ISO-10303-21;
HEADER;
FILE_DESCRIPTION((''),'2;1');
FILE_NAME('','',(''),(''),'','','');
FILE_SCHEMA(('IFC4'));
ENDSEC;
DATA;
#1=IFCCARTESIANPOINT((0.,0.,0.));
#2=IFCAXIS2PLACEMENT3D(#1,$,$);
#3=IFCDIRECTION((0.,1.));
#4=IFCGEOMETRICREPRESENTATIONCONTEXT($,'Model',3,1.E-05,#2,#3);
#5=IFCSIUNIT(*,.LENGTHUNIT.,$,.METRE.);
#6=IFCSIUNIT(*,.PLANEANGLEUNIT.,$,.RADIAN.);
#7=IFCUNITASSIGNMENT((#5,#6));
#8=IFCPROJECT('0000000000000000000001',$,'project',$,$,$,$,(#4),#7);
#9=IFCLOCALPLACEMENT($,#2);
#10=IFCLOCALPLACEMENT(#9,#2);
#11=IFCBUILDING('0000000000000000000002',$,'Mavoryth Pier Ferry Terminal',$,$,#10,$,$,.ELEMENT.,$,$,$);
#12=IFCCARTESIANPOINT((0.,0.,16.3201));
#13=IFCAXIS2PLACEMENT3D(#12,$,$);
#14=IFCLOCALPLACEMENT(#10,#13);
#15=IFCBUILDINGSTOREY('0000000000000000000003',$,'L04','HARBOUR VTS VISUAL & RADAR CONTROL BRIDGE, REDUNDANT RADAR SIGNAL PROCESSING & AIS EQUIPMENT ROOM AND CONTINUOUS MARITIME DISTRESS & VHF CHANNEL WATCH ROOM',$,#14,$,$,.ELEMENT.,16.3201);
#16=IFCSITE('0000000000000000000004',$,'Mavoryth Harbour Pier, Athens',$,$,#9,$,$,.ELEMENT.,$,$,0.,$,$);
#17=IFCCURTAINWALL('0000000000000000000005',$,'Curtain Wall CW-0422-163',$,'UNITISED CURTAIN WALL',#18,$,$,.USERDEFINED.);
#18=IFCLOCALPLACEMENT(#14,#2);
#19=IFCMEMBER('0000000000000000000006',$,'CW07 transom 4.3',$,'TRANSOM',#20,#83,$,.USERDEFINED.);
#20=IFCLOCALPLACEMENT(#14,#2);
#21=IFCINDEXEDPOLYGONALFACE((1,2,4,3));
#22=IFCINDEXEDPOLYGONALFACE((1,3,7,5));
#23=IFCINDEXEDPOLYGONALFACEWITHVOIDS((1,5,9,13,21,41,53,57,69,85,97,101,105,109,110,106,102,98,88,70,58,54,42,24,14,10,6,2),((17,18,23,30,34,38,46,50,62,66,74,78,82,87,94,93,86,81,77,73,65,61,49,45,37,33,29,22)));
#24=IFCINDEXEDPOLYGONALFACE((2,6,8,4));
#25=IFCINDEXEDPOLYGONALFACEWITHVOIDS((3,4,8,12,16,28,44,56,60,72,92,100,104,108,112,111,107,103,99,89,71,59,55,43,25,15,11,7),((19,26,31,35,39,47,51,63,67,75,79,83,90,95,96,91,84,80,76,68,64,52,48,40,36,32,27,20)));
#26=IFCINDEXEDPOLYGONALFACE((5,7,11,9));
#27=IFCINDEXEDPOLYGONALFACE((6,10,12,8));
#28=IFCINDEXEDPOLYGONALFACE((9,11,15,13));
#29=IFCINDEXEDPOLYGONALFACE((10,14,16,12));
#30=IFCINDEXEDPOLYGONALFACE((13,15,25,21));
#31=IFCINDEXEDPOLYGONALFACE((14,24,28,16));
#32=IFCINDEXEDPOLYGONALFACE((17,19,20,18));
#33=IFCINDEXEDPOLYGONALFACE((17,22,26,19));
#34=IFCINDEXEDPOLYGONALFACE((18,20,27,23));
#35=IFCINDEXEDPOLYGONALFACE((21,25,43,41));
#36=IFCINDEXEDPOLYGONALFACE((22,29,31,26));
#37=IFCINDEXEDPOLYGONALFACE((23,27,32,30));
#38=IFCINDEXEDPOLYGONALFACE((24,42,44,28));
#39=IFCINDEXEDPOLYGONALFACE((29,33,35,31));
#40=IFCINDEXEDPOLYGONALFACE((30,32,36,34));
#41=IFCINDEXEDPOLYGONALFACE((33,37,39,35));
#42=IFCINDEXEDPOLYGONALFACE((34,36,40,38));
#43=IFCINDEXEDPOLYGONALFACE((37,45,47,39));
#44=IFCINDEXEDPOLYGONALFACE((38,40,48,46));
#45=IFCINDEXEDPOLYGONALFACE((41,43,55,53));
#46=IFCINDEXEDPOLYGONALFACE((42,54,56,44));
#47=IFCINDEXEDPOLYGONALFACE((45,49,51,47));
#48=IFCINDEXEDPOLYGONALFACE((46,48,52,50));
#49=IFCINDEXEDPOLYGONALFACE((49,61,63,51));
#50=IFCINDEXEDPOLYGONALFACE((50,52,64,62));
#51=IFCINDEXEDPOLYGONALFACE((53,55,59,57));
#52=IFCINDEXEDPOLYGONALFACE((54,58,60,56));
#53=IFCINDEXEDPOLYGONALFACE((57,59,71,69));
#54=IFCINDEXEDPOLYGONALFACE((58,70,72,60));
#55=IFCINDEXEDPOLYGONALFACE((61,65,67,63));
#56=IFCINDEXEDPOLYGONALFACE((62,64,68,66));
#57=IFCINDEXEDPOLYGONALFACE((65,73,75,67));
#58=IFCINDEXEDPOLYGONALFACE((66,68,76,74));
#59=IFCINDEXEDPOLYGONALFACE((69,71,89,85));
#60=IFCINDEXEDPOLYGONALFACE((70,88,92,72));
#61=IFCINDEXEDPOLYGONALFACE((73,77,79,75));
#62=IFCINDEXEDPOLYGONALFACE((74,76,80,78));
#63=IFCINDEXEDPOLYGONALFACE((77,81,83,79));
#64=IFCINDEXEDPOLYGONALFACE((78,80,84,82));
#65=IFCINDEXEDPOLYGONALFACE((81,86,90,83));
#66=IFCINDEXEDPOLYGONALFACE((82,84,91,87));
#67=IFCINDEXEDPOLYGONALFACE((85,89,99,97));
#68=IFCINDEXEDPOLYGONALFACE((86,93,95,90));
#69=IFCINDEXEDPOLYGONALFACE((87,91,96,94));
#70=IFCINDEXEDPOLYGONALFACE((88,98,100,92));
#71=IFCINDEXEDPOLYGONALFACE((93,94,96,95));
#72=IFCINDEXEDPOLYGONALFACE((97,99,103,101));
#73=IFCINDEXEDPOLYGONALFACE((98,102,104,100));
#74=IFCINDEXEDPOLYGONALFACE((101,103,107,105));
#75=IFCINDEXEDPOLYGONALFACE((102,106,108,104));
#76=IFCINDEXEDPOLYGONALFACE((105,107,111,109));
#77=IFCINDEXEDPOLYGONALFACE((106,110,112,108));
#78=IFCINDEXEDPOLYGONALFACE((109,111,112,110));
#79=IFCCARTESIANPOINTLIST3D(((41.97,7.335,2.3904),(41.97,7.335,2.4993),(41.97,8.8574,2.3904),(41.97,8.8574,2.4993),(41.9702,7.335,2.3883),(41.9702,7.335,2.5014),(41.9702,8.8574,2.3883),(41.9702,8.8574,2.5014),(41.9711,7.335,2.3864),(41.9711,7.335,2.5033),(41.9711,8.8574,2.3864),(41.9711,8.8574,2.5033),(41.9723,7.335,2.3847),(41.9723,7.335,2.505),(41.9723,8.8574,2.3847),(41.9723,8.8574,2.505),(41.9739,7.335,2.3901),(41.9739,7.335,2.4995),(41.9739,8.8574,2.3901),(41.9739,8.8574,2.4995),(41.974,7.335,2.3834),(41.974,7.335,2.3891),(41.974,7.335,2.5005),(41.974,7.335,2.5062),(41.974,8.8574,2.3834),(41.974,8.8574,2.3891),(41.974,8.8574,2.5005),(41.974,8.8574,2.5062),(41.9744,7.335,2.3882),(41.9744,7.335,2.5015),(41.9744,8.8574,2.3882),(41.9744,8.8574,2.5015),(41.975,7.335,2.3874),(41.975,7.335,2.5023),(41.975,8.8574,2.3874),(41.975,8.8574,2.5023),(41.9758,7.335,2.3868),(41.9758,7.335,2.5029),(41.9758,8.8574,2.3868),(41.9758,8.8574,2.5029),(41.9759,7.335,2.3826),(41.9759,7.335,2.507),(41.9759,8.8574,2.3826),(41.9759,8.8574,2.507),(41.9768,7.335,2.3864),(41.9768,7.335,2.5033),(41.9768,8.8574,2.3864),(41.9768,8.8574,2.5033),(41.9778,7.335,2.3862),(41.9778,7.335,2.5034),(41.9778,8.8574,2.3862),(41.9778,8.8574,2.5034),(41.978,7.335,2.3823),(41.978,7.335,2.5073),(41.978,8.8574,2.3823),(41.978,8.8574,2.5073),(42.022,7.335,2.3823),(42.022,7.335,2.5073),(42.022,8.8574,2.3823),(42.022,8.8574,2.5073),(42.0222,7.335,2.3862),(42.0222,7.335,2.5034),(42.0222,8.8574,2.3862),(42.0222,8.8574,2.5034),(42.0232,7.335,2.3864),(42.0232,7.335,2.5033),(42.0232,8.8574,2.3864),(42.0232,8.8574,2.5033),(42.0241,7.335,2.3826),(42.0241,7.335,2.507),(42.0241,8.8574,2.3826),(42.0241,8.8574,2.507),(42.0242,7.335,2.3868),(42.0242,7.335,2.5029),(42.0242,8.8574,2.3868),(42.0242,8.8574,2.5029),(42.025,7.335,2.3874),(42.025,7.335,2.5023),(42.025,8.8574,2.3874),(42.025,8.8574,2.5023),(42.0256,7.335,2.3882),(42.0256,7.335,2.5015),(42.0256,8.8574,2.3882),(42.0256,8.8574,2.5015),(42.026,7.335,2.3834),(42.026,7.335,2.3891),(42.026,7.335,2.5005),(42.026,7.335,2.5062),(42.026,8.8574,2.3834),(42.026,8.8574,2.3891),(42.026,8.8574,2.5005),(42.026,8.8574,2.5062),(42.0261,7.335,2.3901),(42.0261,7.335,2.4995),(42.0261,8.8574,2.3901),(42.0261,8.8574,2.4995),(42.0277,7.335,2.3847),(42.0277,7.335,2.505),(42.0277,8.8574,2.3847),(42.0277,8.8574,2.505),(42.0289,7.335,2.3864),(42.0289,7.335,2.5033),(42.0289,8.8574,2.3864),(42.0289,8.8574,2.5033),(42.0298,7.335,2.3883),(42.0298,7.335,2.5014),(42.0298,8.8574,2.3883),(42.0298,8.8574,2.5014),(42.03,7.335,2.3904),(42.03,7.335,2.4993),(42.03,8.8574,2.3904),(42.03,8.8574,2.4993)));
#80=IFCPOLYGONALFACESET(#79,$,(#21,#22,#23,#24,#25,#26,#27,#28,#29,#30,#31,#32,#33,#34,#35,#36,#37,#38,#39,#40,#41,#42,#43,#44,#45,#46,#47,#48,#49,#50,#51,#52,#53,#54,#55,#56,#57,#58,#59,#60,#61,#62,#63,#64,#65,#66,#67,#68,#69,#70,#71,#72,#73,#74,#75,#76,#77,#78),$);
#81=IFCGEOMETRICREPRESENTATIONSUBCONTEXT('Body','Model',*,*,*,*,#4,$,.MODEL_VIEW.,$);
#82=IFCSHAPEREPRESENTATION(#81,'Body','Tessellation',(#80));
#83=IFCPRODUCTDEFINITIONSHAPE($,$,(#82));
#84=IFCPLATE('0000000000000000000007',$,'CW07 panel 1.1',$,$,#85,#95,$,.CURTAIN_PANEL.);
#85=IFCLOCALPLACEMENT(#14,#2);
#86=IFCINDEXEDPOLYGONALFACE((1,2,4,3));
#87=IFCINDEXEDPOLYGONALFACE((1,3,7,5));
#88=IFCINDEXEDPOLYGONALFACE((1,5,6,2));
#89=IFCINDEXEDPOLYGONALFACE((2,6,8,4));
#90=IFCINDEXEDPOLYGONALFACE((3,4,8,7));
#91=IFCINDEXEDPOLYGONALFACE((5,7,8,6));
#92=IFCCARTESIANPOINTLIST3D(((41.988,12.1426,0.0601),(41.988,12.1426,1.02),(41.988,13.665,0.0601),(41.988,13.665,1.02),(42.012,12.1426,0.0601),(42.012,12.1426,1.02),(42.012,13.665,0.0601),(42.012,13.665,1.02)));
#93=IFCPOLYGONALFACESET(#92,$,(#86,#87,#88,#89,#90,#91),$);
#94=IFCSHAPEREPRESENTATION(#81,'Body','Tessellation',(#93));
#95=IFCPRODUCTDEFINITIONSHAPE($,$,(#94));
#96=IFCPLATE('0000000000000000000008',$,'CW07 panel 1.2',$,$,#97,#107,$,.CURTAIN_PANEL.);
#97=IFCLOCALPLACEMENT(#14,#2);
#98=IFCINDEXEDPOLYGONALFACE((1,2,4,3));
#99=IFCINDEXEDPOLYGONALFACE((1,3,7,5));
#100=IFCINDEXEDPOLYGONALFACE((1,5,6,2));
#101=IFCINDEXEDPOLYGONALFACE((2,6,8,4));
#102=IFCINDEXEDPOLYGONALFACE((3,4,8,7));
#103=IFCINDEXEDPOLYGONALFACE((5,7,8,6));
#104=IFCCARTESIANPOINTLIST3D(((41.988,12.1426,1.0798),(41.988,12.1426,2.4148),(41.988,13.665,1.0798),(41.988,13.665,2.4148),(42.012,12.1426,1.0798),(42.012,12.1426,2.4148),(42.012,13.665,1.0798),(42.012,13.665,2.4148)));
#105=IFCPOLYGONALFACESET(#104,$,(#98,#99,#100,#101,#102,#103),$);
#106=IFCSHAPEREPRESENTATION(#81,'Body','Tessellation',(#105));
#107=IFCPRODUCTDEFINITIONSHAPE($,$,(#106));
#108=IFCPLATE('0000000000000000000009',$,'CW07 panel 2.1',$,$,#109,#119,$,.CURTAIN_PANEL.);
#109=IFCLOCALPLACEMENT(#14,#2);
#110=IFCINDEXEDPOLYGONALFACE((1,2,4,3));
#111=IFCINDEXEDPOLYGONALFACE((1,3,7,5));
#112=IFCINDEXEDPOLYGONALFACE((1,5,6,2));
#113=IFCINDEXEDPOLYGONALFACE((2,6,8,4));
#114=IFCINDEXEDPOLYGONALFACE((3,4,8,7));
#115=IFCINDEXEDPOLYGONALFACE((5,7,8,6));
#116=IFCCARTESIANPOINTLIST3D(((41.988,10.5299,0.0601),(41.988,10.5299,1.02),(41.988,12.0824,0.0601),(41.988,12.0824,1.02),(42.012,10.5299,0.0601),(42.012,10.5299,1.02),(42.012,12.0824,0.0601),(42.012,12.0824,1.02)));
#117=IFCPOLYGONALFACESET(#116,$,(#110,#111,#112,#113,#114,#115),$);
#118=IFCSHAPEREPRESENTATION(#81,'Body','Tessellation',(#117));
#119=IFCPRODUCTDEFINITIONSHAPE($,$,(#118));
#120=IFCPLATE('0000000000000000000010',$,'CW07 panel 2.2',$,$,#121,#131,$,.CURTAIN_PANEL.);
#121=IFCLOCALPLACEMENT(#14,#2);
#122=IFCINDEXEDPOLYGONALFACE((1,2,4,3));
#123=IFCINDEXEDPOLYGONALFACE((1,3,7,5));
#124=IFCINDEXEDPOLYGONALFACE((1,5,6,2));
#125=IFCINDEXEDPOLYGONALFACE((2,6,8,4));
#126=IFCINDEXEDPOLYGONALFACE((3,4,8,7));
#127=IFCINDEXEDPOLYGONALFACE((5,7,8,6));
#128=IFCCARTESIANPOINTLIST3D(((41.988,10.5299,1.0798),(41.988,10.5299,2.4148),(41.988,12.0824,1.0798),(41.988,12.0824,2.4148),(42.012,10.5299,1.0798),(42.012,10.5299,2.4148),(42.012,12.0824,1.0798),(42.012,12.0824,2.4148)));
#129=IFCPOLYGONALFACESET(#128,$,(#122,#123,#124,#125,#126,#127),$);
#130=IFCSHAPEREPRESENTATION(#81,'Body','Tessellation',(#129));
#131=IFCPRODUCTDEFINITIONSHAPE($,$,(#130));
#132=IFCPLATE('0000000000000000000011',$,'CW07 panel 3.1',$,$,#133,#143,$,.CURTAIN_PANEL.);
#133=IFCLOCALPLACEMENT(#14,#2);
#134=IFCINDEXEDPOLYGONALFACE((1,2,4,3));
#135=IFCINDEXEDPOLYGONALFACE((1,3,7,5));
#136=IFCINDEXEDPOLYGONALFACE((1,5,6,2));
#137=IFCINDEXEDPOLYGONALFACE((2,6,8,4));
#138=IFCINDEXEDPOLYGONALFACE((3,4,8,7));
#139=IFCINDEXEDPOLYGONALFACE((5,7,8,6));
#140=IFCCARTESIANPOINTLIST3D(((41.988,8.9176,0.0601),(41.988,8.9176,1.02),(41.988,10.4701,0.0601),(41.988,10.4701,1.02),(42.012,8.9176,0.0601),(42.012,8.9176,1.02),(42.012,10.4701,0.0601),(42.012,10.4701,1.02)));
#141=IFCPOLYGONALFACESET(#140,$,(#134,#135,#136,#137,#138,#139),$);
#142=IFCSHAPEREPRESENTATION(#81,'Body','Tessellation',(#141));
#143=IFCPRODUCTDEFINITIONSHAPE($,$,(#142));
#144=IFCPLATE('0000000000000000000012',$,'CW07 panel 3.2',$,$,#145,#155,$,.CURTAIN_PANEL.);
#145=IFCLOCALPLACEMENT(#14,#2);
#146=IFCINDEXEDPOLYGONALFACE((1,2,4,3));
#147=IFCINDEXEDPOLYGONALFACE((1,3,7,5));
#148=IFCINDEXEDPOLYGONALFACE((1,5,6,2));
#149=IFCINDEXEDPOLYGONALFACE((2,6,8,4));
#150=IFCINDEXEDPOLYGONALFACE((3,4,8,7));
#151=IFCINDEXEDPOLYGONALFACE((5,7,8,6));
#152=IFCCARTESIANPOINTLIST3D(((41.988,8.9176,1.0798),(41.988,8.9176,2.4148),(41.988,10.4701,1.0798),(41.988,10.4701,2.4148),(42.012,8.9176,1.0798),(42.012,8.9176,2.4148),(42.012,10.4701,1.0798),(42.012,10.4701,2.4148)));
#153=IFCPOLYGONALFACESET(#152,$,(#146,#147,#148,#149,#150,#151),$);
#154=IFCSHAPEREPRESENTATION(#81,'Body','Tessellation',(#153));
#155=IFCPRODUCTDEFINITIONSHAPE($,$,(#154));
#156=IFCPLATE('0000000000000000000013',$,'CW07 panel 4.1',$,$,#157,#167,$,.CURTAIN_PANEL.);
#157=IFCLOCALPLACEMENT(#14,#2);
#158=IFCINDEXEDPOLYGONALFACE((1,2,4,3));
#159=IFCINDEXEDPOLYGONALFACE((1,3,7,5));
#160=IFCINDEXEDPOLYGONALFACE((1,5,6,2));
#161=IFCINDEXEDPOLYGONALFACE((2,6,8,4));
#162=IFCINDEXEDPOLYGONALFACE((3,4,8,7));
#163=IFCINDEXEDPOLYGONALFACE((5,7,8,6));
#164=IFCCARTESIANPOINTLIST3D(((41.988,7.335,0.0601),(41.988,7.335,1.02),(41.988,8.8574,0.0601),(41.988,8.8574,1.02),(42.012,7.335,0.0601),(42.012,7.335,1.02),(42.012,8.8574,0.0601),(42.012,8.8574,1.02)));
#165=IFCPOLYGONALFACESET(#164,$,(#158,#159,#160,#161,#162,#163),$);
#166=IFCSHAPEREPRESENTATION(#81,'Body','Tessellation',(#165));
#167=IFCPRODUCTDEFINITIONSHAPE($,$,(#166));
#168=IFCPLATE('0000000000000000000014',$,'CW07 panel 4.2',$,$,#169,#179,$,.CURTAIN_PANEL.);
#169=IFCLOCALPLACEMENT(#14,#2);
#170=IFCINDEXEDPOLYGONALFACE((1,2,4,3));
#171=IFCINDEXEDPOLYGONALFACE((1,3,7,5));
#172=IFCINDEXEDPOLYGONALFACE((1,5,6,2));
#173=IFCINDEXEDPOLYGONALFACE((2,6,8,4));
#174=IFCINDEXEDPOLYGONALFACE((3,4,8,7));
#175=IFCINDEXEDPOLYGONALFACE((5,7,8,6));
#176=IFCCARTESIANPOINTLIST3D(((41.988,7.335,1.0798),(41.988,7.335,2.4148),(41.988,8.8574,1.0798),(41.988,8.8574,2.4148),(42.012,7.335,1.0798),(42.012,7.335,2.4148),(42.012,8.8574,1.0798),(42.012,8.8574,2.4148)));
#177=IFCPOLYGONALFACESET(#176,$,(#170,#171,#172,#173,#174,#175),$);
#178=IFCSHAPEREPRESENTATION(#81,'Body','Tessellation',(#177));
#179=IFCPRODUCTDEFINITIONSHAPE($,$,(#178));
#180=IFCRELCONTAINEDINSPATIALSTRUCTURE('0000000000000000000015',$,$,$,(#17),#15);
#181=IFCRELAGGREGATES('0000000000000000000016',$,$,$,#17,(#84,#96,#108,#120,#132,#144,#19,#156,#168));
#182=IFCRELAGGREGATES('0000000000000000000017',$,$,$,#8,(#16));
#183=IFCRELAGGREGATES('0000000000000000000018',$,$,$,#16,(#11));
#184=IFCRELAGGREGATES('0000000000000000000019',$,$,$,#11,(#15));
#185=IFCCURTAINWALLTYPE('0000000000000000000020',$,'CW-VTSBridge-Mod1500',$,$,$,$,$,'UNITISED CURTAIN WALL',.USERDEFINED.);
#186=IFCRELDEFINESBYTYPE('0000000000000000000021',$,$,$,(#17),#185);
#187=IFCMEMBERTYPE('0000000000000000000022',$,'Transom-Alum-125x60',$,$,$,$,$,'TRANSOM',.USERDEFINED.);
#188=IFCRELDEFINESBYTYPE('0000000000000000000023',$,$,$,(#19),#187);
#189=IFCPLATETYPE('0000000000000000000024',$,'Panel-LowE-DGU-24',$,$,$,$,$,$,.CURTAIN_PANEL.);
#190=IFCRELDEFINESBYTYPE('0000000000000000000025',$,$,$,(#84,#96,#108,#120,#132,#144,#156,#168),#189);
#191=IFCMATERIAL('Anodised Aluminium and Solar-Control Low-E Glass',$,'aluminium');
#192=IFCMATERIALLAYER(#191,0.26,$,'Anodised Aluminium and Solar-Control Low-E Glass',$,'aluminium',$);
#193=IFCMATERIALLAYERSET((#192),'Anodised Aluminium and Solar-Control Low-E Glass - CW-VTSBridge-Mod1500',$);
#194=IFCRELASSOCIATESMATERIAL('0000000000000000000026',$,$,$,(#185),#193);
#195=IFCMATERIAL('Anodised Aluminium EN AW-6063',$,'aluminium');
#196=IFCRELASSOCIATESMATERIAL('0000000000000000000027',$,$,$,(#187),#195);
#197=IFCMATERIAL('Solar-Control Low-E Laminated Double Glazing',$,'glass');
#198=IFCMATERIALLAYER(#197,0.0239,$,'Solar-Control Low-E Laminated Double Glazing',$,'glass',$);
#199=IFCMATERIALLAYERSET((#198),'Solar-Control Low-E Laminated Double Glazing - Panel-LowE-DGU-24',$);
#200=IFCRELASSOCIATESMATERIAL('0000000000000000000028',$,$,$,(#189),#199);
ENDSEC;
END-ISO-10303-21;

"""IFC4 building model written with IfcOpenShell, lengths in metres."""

from ifc_helpers import new_model, si_unit, direction, frame, origin, origin_2d, place, context, subcontext, project, spatial, rectangle, hollow_rectangle, extrude, material, layer, layer_set, material_profile, profile_set, type_object, element, aggregate, save


model = new_model("IFC4")

# Units and contexts
model_context = context("Model", 3, precision=1e-05, world=origin(), true_north=direction((0.0, 1.0)))
body_context = subcontext(model_context, "Body", "Model", "MODEL_VIEW")
ifc_project = project(units=[si_unit("LENGTHUNIT", "METRE"), si_unit("PLANEANGLEUNIT", "RADIAN")], contexts=[model_context])

# Site, building, storey
site_placement = place(None, origin())
site = spatial("IfcSite", under=ifc_project, at=site_placement, Name="Mavoryth Harbour Pier, Athens", CompositionType="ELEMENT", RefElevation=0.0)
building_placement = place(site_placement, origin())
building = spatial("IfcBuilding", under=site, at=building_placement, Name="Mavoryth Pier Ferry Terminal", CompositionType="ELEMENT")
storey_placement = place(building_placement, frame((0.0, 0.0, 16.3201)))
storey = spatial("IfcBuildingStorey", under=building, at=storey_placement, Name="L04", Description="HARBOUR VTS VISUAL & RADAR CONTROL BRIDGE, REDUNDANT RADAR SIGNAL PROCESSING & AIS EQUIPMENT ROOM AND CONTINUOUS MARITIME DISTRESS & VHF CHANNEL WATCH ROOM", CompositionType="ELEMENT", Elevation=16.3201)

# Shared definitions
ifc_material_1 = material(Name="Anodised Aluminium and Solar-Control Low-E Glass", Category="aluminium")
ifc_layer_1 = layer(ifc_material_1, 0.26, Name="Anodised Aluminium and Solar-Control Low-E Glass", Category="aluminium")
ifc_layer_set_1 = layer_set([ifc_layer_1], Name="Anodised Aluminium and Solar-Control Low-E Glass - CW-VTSBridge-Mod1500")
curtain_wall_type = type_object("IfcCurtainWallType", Name="CW-VTSBridge-Mod1500", ElementType="UNITISED CURTAIN WALL", PredefinedType="USERDEFINED", material=ifc_layer_set_1)
ifc_material_2 = material(Name="Anodised Aluminium EN AW-6063", Category="aluminium")

# Curtain wall, member, plates
curtain_wall_1_placement = place(storey_placement, origin())
curtain_wall_1 = element("IfcCurtainWall", 1, at=curtain_wall_1_placement, inside=storey, type_object=curtain_wall_type, Name="Curtain Wall CW-0422-163", ObjectType="UNITISED CURTAIN WALL", PredefinedType="USERDEFINED")
ifc_material_profile_1 = material_profile(ifc_material_2, hollow_rectangle(XDim=0.0601, YDim=0.125, WallThickness=0.0039, InnerFilletRadius=0.0039, OuterFilletRadius=0.0081, at=origin_2d()), Name="AL-TRAN 125x60x4", Category="aluminium")
ifc_profile_set_1 = profile_set([ifc_material_profile_1], Name="Anodised Aluminium EN AW-6063 - AL-TRAN 125x60x4")
member_type_1 = type_object("IfcMemberType", Name="Transom-Alum-125x60", ElementType="TRANSOM", PredefinedType="USERDEFINED", material=ifc_profile_set_1)
member_1_placement = place(storey_placement, frame((42.0, 8.8574, 2.4448), z_axis=(0.0, -1.0, 0.0), x_axis=(1.0, 0.0, 0.0)))
member_1 = element("IfcMember", 2, at=member_1_placement, type_object=member_type_1, Name="CW07 transom 4.3", ObjectType="TRANSOM", PredefinedType="USERDEFINED", context=body_context, shape_type="SweptSolid", body=[
    extrude(hollow_rectangle(XDim=0.0601, YDim=0.125, WallThickness=0.0039, InnerFilletRadius=0.0039, OuterFilletRadius=0.0081, at=origin_2d()), origin(), (0.0, 0.0, 1.0), 1.5225),
])
ifc_material_3 = material(Name="Solar-Control Low-E Laminated Double Glazing", Category="glass")
ifc_layer_2 = layer(ifc_material_3, 0.0239, Name="Solar-Control Low-E Laminated Double Glazing", Category="glass")
ifc_layer_set_2 = layer_set([ifc_layer_2], Name="Solar-Control Low-E Laminated Double Glazing - Panel-LowE-DGU-24")
plate_type = type_object("IfcPlateType", Name="Panel-LowE-DGU-24", PredefinedType="CURTAIN_PANEL", material=ifc_layer_set_2)
plate_1_placement = place(storey_placement, frame((42.0, 12.9038, 0.0601), z_axis=(0.0, 0.0, 1.0), x_axis=(0.0, -1.0, 0.0)))
plate_1 = element("IfcPlate", 3, at=plate_1_placement, type_object=plate_type, Name="CW07 panel 1.1", PredefinedType="CURTAIN_PANEL", context=body_context, shape_type="SweptSolid", body=[
    extrude(rectangle(XDim=1.5225, YDim=0.0239, at=origin_2d()), origin(), (0.0, 0.0, 1.0), 0.96),
])
plate_2_placement = place(storey_placement, frame((42.0, 12.9038, 1.0798), z_axis=(0.0, 0.0, 1.0), x_axis=(0.0, -1.0, 0.0)))
plate_2 = element("IfcPlate", 4, at=plate_2_placement, type_object=plate_type, Name="CW07 panel 1.2", PredefinedType="CURTAIN_PANEL", context=body_context, shape_type="SweptSolid", body=[
    extrude(rectangle(XDim=1.5225, YDim=0.0239, at=origin_2d()), origin(), (0.0, 0.0, 1.0), 1.335),
])
plate_3_placement = place(storey_placement, frame((42.0, 11.3062, 0.0601), z_axis=(0.0, 0.0, 1.0), x_axis=(0.0, -1.0, 0.0)))
plate_3 = element("IfcPlate", 5, at=plate_3_placement, type_object=plate_type, Name="CW07 panel 2.1", PredefinedType="CURTAIN_PANEL", context=body_context, shape_type="SweptSolid", body=[
    extrude(rectangle(XDim=1.5525, YDim=0.0239, at=origin_2d()), origin(), (0.0, 0.0, 1.0), 0.96),
])
plate_4_placement = place(storey_placement, frame((42.0, 11.3062, 1.0798), z_axis=(0.0, 0.0, 1.0), x_axis=(0.0, -1.0, 0.0)))
plate_4 = element("IfcPlate", 6, at=plate_4_placement, type_object=plate_type, Name="CW07 panel 2.2", PredefinedType="CURTAIN_PANEL", context=body_context, shape_type="SweptSolid", body=[
    extrude(rectangle(XDim=1.5525, YDim=0.0239, at=origin_2d()), origin(), (0.0, 0.0, 1.0), 1.335),
])
plate_5_placement = place(storey_placement, frame((42.0, 9.6938, 0.0601), z_axis=(0.0, 0.0, 1.0), x_axis=(0.0, -1.0, 0.0)))
plate_5 = element("IfcPlate", 7, at=plate_5_placement, type_object=plate_type, Name="CW07 panel 3.1", PredefinedType="CURTAIN_PANEL", context=body_context, shape_type="SweptSolid", body=[
    extrude(rectangle(XDim=1.5525, YDim=0.0239, at=origin_2d()), origin(), (0.0, 0.0, 1.0), 0.96),
])
plate_6_placement = place(storey_placement, frame((42.0, 9.6938, 1.0798), z_axis=(0.0, 0.0, 1.0), x_axis=(0.0, -1.0, 0.0)))
plate_6 = element("IfcPlate", 8, at=plate_6_placement, type_object=plate_type, Name="CW07 panel 3.2", PredefinedType="CURTAIN_PANEL", context=body_context, shape_type="SweptSolid", body=[
    extrude(rectangle(XDim=1.5525, YDim=0.0239, at=origin_2d()), origin(), (0.0, 0.0, 1.0), 1.335),
])
plate_7_placement = place(storey_placement, frame((42.0, 8.0962, 0.0601), z_axis=(0.0, 0.0, 1.0), x_axis=(0.0, -1.0, 0.0)))
plate_7 = element("IfcPlate", 9, at=plate_7_placement, type_object=plate_type, Name="CW07 panel 4.1", PredefinedType="CURTAIN_PANEL", context=body_context, shape_type="SweptSolid", body=[
    extrude(rectangle(XDim=1.5225, YDim=0.0239, at=origin_2d()), origin(), (0.0, 0.0, 1.0), 0.96),
])
plate_8_placement = place(storey_placement, frame((42.0, 8.0962, 1.0798), z_axis=(0.0, 0.0, 1.0), x_axis=(0.0, -1.0, 0.0)))
plate_8 = element("IfcPlate", 10, at=plate_8_placement, type_object=plate_type, Name="CW07 panel 4.2", PredefinedType="CURTAIN_PANEL", context=body_context, shape_type="SweptSolid", body=[
    extrude(rectangle(XDim=1.5225, YDim=0.0239, at=origin_2d()), origin(), (0.0, 0.0, 1.0), 1.335),
])
aggregate(curtain_wall_1, [plate_1, plate_2, plate_3, plate_4, plate_5, plate_6, member_1, plate_7, plate_8])

save(model, "model.ifc")
